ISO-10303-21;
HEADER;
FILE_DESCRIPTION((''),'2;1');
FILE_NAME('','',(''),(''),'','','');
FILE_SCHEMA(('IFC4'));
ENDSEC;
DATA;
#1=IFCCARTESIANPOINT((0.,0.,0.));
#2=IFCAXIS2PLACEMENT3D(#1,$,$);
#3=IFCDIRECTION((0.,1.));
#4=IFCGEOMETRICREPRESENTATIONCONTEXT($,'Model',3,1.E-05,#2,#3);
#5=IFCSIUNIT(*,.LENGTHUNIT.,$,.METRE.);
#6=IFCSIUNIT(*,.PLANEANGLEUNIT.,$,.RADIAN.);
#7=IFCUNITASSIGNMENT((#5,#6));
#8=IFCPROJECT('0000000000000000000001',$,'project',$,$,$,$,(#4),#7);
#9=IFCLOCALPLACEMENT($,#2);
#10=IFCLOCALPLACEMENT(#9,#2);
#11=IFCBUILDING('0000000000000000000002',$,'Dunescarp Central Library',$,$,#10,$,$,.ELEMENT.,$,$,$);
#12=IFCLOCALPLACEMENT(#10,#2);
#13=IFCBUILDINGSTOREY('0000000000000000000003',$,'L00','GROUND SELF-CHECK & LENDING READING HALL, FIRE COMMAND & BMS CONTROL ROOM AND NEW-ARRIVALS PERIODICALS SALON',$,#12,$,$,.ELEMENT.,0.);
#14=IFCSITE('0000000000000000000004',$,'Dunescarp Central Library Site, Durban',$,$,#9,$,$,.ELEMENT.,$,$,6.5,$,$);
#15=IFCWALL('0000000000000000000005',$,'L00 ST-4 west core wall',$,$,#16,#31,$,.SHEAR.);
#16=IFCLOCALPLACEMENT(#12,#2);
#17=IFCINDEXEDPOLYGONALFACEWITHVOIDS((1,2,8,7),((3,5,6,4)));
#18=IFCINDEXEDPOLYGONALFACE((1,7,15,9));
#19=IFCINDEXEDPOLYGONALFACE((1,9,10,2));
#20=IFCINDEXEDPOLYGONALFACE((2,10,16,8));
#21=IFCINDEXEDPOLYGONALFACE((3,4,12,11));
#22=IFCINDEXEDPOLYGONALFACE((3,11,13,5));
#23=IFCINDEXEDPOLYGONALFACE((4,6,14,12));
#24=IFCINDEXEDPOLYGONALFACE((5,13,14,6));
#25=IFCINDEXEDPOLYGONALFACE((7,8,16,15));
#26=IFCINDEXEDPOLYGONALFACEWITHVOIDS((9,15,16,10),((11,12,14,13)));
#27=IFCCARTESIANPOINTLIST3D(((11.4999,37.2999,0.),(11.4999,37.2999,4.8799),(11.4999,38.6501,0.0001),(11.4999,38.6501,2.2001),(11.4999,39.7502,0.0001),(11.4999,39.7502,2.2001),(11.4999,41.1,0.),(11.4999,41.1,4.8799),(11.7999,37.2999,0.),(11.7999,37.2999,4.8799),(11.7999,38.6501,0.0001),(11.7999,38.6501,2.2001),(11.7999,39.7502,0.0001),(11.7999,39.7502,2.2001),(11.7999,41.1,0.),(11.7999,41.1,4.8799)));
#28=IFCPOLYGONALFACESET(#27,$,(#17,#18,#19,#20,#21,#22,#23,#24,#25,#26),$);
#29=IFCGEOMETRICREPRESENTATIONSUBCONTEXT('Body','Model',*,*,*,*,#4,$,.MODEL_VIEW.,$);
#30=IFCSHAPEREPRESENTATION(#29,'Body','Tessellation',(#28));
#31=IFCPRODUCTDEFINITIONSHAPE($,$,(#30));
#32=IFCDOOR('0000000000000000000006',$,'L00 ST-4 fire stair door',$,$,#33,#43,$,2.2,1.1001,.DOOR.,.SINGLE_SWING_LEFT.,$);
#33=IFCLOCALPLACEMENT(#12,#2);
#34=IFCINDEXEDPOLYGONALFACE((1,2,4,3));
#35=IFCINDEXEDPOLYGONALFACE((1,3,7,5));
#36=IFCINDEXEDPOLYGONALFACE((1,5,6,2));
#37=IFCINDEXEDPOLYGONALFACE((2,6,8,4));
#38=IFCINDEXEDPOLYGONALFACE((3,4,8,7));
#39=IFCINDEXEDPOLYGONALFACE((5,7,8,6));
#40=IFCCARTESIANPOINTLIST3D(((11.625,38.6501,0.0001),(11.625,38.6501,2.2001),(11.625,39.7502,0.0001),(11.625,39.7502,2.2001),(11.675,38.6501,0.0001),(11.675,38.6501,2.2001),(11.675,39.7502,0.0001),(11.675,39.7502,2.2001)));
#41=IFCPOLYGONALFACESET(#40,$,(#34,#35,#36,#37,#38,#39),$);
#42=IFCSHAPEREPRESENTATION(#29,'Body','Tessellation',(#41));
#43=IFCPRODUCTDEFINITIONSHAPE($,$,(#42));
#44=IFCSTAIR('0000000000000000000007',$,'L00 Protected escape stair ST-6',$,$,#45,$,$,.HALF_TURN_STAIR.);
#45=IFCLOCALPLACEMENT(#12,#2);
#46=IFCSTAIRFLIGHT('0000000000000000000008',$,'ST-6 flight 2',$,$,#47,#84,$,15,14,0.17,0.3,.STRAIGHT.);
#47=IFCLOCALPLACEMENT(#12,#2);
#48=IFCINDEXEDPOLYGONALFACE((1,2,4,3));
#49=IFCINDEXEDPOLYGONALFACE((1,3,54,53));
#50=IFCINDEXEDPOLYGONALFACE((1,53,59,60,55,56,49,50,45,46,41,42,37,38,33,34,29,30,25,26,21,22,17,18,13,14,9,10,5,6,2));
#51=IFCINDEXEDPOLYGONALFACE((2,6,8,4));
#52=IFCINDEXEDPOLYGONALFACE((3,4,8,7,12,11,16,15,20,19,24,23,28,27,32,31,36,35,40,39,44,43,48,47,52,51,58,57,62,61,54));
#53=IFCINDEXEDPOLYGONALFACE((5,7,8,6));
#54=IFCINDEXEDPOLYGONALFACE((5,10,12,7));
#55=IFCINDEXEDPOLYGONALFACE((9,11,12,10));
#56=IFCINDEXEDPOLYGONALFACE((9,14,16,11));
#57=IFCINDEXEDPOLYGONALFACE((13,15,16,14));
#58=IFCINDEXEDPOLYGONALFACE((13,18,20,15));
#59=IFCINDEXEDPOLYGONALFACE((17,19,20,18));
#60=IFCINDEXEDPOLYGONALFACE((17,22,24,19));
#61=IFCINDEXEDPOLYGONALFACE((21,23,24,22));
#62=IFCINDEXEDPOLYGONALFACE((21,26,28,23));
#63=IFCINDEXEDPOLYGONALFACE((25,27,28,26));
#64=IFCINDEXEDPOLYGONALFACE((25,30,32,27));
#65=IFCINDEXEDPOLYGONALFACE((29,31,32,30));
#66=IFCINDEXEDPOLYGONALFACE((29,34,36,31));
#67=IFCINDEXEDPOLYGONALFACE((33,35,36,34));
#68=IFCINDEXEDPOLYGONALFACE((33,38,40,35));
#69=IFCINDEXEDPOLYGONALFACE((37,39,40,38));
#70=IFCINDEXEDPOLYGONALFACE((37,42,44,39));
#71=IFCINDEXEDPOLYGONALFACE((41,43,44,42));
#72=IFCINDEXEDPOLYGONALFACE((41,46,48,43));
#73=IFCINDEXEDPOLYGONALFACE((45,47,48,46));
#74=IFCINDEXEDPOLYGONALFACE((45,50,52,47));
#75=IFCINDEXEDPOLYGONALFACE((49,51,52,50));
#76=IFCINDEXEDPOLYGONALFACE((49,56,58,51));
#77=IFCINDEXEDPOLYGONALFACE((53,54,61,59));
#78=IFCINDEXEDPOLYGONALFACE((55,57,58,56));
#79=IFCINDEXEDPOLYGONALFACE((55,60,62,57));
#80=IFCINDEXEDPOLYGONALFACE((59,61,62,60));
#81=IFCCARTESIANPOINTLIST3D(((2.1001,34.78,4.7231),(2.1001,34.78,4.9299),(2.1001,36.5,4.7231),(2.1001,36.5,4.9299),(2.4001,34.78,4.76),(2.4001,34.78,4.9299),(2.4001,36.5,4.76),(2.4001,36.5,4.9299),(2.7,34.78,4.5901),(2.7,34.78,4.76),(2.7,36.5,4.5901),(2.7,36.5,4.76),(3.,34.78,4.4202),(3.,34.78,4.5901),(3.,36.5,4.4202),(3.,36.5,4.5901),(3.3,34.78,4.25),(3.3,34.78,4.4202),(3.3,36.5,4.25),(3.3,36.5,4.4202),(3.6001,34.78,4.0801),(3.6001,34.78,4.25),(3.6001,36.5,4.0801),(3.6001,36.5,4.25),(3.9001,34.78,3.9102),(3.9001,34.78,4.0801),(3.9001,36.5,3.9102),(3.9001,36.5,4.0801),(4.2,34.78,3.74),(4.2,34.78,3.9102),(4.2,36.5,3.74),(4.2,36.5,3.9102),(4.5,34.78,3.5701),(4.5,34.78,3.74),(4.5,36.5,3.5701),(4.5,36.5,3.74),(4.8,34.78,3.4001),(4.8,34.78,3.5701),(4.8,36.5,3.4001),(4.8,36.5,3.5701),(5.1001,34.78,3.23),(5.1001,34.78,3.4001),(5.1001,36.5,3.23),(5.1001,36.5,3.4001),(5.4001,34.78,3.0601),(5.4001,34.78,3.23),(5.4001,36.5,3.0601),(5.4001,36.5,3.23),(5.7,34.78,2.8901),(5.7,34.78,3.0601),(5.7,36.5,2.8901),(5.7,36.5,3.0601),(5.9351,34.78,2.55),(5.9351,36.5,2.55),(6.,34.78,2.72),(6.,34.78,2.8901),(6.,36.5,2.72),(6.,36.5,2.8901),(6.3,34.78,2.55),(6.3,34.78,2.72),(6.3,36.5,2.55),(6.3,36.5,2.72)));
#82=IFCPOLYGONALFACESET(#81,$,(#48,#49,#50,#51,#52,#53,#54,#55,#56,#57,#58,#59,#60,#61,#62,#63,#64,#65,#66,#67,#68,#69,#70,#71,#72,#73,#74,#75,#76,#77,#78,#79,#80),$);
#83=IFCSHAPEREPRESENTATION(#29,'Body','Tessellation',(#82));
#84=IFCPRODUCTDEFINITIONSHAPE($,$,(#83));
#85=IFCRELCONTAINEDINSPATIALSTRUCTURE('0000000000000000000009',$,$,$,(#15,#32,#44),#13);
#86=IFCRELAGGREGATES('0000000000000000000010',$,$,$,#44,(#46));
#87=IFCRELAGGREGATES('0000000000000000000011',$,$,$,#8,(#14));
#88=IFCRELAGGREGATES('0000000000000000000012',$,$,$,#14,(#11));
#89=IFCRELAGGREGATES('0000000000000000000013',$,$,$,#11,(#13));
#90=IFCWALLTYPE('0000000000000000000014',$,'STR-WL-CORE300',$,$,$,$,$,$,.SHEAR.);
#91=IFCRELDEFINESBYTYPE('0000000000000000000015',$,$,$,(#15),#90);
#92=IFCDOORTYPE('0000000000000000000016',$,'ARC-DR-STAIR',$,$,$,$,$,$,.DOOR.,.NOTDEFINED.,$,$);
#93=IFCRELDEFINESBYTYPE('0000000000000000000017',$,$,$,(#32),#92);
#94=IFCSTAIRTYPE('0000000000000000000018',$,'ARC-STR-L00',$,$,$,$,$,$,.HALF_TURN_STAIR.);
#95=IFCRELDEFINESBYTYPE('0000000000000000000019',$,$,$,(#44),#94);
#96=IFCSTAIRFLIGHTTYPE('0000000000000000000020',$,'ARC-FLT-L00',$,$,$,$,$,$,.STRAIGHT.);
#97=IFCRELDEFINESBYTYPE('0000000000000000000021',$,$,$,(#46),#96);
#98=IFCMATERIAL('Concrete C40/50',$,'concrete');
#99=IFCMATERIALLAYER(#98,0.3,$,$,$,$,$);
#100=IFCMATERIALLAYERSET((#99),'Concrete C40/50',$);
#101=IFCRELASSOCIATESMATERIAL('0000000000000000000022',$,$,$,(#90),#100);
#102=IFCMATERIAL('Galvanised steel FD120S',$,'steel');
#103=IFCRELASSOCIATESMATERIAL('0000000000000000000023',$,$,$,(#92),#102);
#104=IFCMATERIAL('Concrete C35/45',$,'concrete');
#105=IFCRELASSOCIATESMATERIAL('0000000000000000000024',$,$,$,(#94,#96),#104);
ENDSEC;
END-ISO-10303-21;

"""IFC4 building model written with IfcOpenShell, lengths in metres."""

from ifc_helpers import new_model, si_unit, direction, frame, frame_2d, origin, place, context, subcontext, project, spatial, polyline, rectangle, outline, extrude, material, layer, layer_set, type_object, element, fill, aggregate, save


model = new_model("IFC4")

# Units and contexts
model_context = context("Model", 3, precision=1e-05, world=origin(), true_north=direction((0.0, 1.0)))
body_context = subcontext(model_context, "Body", "Model", "MODEL_VIEW")
ifc_project = project(units=[si_unit("LENGTHUNIT", "METRE"), si_unit("PLANEANGLEUNIT", "RADIAN")], contexts=[model_context])

# Site, building, storey
site_placement = place(None, origin())
site = spatial("IfcSite", under=ifc_project, at=site_placement, Name="Dunescarp Central Library Site, Durban", CompositionType="ELEMENT", RefElevation=6.5)
building_placement = place(site_placement, origin())
building = spatial("IfcBuilding", under=site, at=building_placement, Name="Dunescarp Central Library", CompositionType="ELEMENT")
storey_placement = place(building_placement, origin())
storey = spatial("IfcBuildingStorey", under=building, at=storey_placement, Name="L00", Description="GROUND SELF-CHECK & LENDING READING HALL, FIRE COMMAND & BMS CONTROL ROOM AND NEW-ARRIVALS PERIODICALS SALON", CompositionType="ELEMENT", Elevation=0.0)

# Shared definitions
ifc_material_1 = material(Name="Concrete C40/50", Category="concrete")

# Shared definitions
ifc_material_2 = material(Name="Concrete C35/45", Category="concrete")

# Shared definitions
ifc_layer_1 = layer(ifc_material_1, 0.3)
ifc_layer_set_1 = layer_set([ifc_layer_1], Name="Concrete C40/50")
wall_type_1 = type_object("IfcWallType", Name="STR-WL-CORE300", PredefinedType="SHEAR", material=ifc_layer_set_1)
ifc_material_3 = material(Name="Galvanised steel FD120S", Category="steel")
door_type_1 = type_object("IfcDoorType", Name="ARC-DR-STAIR", OperationType="NOTDEFINED", PredefinedType="DOOR", material=ifc_material_3)

# Wall, opening, door
wall_1_placement = place(storey_placement, frame((11.6499, 37.3, 0.0), z_axis=(0.0, 0.0, 1.0), x_axis=(0.0, 1.0, 0.0)))
wall_1 = element("IfcWall", 1, at=wall_1_placement, inside=storey, type_object=wall_type_1, Name="L00 ST-4 west core wall", PredefinedType="SHEAR", context=body_context, shape_type="SweptSolid", body=[
    extrude(rectangle(XDim=3.8, YDim=0.3, at=frame_2d((1.8999, 0.0))), origin(), (0.0, 0.0, 1.0), 4.8799),
])
opening_1_placement = place(wall_1_placement, frame((1.3501, 0.0, 0.0)))
opening_1 = element("IfcOpeningElement", 2, at=opening_1_placement, cuts=wall_1, PredefinedType="OPENING", context=body_context, shape_type="SweptSolid", body=[
    extrude(rectangle(XDim=1.1001, YDim=2.2, at=frame_2d((0.55, 1.1001))), frame((0.0, 0.1602, 0.0), z_axis=(0.0, -1.0, 0.0), x_axis=(1.0, 0.0, 0.0)), (0.0, 0.0, 1.0), 0.3201),
])
door_1_placement = place(opening_1_placement, origin())
door_1 = element("IfcDoor", 3, at=door_1_placement, inside=storey, type_object=door_type_1, Name="L00 ST-4 fire stair door", OperationType="SINGLE_SWING_LEFT", OverallHeight=2.2, OverallWidth=1.1001, PredefinedType="DOOR", context=body_context, shape_type="SweptSolid", body=[
    extrude(rectangle(XDim=1.1001, YDim=2.2, at=frame_2d((0.55, 1.1001))), frame((0.0, 0.0249, 0.0), z_axis=(0.0, -1.0, 0.0), x_axis=(1.0, 0.0, 0.0)), (0.0, 0.0, 1.0), 0.05),
])
fill(opening_1, door_1)

# Stair, stair flight
stair_type = type_object("IfcStairType", Name="ARC-STR-L00", PredefinedType="HALF_TURN_STAIR", material=ifc_material_2)
stair_placement = place(storey_placement, origin())
stair = element("IfcStair", 4, at=stair_placement, inside=storey, type_object=stair_type, Name="L00 Protected escape stair ST-6", PredefinedType="HALF_TURN_STAIR")
stair_flight_type = type_object("IfcStairFlightType", Name="ARC-FLT-L00", PredefinedType="STRAIGHT", material=ifc_material_2)
stair_flight_placement = place(storey_placement, frame((6.3, 35.6399, 2.55), z_axis=(0.0, 0.0, 1.0), x_axis=(-1.0, 0.0, 0.0)))
stair_flight = element("IfcStairFlight", 5, at=stair_flight_placement, type_object=stair_flight_type, Name="ST-6 flight 2", NumberOfRisers=15, NumberOfTreads=14, PredefinedType="STRAIGHT", RiserHeight=0.17, TreadLength=0.3, context=body_context, shape_type="SweptSolid", body=[
    extrude(outline(polyline([(0.0, 0.0), (0.0, 0.1699), (0.3, 0.1699), (0.3, 0.3401), (0.6001, 0.3401), (0.6001, 0.51), (0.8999, 0.51), (0.8999, 0.6799), (1.2, 0.6799), (1.2, 0.8501), (1.5, 0.8501), (1.5, 1.02), (1.8, 1.02), (1.8, 1.1899), (2.1001, 1.1899), (2.1001, 1.3601), (2.3999, 1.3601), (2.3999, 1.53), (2.7, 1.53), (2.7, 1.7), (3.0, 1.7), (3.0, 1.8701), (3.3, 1.8701), (3.3, 2.04), (3.6001, 2.04), (3.6001, 2.21), (3.8999, 2.21), (3.8999, 2.3799), (4.2, 2.3799), (4.2, 2.55), (4.2, 2.1731), (0.365, 0.0), (0.0, 0.0)])), frame((0.0, 0.8599, 0.0), z_axis=(0.0, -1.0, 0.0), x_axis=(1.0, 0.0, 0.0)), (0.0, 0.0, 1.0), 1.72),
])
aggregate(stair, [stair_flight])

save(model, "model.ifc")
